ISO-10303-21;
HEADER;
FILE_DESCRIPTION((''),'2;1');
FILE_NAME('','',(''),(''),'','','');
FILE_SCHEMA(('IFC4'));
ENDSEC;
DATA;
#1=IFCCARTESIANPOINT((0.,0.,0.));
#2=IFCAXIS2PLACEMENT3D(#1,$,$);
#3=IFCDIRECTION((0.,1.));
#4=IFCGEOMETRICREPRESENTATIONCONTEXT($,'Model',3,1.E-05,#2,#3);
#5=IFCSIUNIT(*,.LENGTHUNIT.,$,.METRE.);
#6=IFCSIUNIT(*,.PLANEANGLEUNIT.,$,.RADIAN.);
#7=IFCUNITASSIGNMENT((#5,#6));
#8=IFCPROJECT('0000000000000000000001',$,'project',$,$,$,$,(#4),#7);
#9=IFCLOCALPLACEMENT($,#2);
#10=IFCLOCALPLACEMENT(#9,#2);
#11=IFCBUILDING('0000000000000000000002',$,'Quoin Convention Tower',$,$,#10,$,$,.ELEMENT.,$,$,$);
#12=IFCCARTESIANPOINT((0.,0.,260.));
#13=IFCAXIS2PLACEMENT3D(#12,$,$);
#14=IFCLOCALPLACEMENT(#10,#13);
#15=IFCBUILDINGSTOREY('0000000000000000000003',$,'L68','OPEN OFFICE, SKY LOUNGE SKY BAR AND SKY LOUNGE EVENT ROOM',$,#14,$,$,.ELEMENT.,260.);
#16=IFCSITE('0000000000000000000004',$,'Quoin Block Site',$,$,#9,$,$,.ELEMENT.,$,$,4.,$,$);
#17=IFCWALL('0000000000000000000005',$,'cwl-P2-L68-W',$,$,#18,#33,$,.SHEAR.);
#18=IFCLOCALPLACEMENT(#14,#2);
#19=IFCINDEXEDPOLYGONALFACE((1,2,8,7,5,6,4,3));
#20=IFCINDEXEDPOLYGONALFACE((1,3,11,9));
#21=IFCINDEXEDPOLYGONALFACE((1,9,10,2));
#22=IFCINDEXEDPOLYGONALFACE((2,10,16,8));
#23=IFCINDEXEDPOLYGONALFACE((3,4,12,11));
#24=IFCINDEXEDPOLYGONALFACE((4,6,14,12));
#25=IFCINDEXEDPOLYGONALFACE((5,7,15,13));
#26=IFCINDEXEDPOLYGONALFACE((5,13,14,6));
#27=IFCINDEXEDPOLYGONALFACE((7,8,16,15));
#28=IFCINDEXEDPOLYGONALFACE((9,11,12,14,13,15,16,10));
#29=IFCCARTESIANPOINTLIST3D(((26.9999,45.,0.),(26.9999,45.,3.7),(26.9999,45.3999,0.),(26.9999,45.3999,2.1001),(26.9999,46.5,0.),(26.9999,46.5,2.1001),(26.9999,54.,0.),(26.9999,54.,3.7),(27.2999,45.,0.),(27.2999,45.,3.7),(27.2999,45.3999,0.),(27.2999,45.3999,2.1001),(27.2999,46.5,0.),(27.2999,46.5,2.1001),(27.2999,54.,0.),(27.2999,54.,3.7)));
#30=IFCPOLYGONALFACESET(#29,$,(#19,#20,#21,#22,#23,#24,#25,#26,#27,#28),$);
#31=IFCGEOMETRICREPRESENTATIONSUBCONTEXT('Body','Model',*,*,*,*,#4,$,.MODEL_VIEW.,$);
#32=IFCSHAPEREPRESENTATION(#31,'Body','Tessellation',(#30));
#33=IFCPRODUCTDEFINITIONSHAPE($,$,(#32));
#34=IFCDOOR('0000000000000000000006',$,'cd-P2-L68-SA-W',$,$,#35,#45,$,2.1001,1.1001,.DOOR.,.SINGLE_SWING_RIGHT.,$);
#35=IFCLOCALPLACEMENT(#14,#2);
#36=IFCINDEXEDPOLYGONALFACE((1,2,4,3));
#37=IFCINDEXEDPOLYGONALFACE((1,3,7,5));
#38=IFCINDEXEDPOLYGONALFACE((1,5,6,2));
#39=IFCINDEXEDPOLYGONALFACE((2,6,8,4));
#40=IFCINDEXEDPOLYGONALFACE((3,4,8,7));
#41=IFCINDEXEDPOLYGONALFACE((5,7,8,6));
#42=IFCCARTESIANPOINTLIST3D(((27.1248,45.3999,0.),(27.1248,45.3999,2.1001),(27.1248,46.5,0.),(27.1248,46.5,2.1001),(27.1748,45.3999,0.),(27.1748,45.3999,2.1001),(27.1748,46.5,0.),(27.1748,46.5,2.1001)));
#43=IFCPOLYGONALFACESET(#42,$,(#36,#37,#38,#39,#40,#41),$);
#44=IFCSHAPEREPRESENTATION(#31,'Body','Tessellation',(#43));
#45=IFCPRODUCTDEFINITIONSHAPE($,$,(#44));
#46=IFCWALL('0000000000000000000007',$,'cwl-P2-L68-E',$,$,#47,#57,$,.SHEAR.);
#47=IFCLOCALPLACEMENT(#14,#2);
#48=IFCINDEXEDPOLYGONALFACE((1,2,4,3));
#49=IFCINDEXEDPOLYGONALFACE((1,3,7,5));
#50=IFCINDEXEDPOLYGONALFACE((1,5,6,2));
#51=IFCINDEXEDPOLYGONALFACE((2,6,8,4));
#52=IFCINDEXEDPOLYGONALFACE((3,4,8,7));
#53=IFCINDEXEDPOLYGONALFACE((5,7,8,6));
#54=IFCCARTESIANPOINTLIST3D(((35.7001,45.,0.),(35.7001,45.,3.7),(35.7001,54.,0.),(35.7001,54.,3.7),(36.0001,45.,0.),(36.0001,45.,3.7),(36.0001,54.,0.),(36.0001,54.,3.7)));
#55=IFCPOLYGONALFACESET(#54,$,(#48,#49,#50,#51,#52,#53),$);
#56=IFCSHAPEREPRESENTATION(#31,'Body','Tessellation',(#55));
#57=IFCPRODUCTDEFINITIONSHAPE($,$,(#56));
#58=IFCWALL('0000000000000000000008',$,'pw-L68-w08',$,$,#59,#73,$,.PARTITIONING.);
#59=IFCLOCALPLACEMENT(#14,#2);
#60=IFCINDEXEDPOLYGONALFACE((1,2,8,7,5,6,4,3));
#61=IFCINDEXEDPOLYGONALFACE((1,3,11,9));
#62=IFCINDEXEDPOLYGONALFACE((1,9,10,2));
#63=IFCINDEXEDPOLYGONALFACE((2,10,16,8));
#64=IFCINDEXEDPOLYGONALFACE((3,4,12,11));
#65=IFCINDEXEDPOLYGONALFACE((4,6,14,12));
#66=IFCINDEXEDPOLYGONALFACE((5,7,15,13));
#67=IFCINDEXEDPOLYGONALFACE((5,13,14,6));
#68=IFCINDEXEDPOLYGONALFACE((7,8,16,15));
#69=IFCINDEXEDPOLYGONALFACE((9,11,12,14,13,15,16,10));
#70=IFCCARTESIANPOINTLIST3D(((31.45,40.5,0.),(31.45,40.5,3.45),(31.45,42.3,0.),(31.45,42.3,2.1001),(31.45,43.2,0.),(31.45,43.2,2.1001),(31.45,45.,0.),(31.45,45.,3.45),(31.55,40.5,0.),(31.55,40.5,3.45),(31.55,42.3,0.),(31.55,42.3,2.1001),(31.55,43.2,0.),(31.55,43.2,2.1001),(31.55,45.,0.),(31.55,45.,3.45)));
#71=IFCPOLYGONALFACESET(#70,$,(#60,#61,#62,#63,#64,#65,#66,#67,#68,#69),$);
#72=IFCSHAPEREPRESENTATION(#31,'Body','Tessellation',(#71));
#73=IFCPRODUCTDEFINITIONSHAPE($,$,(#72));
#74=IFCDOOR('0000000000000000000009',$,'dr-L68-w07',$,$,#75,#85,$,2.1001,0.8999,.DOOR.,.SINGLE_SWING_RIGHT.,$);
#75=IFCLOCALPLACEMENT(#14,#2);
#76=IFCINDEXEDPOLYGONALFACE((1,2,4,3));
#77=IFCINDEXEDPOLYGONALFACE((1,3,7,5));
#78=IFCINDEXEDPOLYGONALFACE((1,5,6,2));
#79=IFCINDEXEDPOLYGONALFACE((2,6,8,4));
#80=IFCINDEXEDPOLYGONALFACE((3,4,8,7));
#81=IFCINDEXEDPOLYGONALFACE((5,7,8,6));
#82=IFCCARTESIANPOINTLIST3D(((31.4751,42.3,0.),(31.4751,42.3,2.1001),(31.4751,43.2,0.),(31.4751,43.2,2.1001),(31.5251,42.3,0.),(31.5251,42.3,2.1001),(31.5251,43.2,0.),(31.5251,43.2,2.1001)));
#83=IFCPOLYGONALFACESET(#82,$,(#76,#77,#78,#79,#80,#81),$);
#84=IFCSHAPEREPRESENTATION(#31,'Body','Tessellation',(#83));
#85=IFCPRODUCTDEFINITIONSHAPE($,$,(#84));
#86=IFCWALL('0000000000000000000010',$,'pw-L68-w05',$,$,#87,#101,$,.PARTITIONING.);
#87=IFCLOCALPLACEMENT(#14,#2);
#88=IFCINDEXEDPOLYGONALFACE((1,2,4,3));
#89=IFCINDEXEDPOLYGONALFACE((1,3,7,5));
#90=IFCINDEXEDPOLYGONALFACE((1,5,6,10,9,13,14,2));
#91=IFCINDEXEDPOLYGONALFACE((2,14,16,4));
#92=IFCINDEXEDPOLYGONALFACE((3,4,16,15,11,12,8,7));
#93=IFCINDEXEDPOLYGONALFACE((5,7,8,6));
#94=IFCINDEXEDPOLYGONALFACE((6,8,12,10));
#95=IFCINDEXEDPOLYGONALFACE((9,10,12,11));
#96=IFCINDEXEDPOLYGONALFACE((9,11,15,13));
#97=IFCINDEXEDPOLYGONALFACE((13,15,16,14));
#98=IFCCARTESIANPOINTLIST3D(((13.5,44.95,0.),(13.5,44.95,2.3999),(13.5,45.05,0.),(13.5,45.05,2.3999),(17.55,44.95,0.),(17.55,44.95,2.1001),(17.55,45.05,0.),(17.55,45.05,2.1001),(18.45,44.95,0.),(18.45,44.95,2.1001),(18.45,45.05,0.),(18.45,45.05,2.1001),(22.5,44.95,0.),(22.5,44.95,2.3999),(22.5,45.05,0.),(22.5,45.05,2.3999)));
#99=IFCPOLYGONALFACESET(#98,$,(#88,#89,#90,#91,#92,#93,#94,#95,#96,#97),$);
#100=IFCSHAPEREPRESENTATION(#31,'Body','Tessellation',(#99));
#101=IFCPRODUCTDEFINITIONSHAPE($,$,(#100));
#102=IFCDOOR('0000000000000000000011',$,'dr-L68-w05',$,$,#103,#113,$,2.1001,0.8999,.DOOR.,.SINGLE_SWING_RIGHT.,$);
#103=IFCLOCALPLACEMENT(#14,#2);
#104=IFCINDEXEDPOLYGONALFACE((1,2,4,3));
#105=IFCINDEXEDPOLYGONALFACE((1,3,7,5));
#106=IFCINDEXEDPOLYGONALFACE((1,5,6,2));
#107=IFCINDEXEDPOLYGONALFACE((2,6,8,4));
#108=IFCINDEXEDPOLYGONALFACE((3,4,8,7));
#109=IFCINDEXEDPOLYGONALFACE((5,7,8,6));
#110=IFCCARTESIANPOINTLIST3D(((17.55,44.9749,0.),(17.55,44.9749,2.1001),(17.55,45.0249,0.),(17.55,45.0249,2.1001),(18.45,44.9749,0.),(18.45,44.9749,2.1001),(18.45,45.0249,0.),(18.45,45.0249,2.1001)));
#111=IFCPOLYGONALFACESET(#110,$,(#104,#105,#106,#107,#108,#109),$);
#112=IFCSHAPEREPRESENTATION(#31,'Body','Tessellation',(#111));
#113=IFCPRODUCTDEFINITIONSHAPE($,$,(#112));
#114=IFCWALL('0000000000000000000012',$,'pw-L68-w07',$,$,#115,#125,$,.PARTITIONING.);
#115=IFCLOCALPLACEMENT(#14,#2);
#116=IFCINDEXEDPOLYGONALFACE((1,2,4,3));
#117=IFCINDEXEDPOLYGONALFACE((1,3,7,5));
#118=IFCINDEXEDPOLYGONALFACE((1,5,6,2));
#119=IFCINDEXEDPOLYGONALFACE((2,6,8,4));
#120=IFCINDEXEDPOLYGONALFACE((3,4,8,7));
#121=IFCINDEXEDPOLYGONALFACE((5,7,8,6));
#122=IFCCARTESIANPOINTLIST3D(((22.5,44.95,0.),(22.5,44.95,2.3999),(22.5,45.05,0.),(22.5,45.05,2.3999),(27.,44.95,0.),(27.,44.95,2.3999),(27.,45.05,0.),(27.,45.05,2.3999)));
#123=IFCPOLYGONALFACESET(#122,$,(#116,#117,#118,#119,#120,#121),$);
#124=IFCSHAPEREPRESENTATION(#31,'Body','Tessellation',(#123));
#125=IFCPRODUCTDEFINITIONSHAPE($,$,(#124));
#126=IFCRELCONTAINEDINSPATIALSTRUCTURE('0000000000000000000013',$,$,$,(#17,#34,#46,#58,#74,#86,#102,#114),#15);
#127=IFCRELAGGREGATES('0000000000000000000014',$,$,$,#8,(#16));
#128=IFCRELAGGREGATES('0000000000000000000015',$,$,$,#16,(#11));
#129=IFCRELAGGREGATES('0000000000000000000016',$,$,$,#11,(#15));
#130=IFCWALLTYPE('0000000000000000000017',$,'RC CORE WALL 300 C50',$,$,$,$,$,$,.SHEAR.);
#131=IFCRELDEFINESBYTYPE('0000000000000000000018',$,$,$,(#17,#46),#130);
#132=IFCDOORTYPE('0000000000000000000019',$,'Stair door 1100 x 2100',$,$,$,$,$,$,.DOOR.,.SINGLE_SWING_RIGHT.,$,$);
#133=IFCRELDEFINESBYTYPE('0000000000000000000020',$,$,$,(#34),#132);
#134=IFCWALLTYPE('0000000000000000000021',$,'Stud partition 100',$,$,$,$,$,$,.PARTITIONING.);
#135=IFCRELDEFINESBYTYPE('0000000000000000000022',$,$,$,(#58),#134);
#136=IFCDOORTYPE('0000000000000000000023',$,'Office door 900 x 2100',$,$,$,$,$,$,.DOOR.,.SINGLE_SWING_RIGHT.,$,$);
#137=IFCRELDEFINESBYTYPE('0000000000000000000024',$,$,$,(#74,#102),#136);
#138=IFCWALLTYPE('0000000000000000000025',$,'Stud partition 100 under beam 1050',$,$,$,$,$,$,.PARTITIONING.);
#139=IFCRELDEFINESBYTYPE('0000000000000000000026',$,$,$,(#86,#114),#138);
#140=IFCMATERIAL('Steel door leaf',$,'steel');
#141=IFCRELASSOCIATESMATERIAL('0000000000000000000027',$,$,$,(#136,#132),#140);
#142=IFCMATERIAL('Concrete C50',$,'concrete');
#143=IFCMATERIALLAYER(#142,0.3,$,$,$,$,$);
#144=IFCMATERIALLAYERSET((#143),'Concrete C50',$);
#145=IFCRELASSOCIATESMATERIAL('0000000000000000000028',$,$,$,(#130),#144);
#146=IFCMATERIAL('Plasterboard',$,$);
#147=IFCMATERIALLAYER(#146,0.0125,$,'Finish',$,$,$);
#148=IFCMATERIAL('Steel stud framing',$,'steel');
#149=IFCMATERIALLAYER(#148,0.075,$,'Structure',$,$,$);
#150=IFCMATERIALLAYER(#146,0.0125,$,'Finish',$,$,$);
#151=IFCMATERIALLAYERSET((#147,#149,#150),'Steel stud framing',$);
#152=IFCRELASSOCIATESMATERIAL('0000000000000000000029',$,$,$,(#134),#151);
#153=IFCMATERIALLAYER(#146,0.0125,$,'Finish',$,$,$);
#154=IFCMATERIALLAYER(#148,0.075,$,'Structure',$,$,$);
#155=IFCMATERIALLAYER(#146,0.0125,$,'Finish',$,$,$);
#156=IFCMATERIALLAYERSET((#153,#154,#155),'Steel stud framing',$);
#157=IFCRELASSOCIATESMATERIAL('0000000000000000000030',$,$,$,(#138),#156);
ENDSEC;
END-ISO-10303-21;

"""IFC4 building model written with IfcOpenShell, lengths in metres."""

from ifc_helpers import new_model, si_unit, direction, frame, frame_2d, origin, place, context, subcontext, project, spatial, rectangle, extrude, material, layer, layer_set, type_object, element, fill, save


model = new_model("IFC4")

# Units and contexts
model_context = context("Model", 3, precision=1e-05, world=origin(), true_north=direction((0.0, 1.0)))
body_context = subcontext(model_context, "Body", "Model", "MODEL_VIEW")
ifc_project = project(units=[si_unit("LENGTHUNIT", "METRE"), si_unit("PLANEANGLEUNIT", "RADIAN")], contexts=[model_context])

# Site, building, storey
site_placement = place(None, origin())
site = spatial("IfcSite", under=ifc_project, at=site_placement, Name="Quoin Block Site", CompositionType="ELEMENT", RefElevation=4.0)
building_placement = place(site_placement, origin())
building = spatial("IfcBuilding", under=site, at=building_placement, Name="Quoin Convention Tower", CompositionType="ELEMENT")
storey_placement = place(building_placement, frame((0.0, 0.0, 260.0)))
storey = spatial("IfcBuildingStorey", under=building, at=storey_placement, Name="L68", Description="OPEN OFFICE, SKY LOUNGE SKY BAR AND SKY LOUNGE EVENT ROOM", CompositionType="ELEMENT", Elevation=260.0)

# Shared definitions
ifc_material_1 = material(Name="Concrete C50", Category="concrete")

# Wall, opening, door
ifc_material_2 = material(Name="Plasterboard")
ifc_material_3 = material(Name="Steel stud framing", Category="steel")
ifc_material_4 = material(Name="Steel door leaf", Category="steel")
door_type_1 = type_object("IfcDoorType", Name="Office door 900 x 2100", OperationType="SINGLE_SWING_RIGHT", PredefinedType="DOOR", material=ifc_material_4)
ifc_layer_1 = layer(ifc_material_1, 0.3)
ifc_layer_set_1 = layer_set([ifc_layer_1], Name="Concrete C50")
wall_type_1 = type_object("IfcWallType", Name="RC CORE WALL 300 C50", PredefinedType="SHEAR", material=ifc_layer_set_1)
wall_1_placement = place(storey_placement, frame((27.1499, 45.0, 0.0), z_axis=(0.0, 0.0, 1.0), x_axis=(0.0, 1.0, 0.0)))
wall_1 = element("IfcWall", 1, at=wall_1_placement, inside=storey, type_object=wall_type_1, Name="cwl-P2-L68-W", PredefinedType="SHEAR", context=body_context, shape_type="SweptSolid", body=[
    extrude(rectangle(XDim=9.0, YDim=0.3, at=frame_2d((4.5, 0.0))), origin(), (0.0, 0.0, 1.0), 3.7),
])
opening_1_placement = place(wall_1_placement, frame((0.3999, 0.0, 0.0)))
opening_1 = element("IfcOpeningElement", 2, at=opening_1_placement, cuts=wall_1, PredefinedType="OPENING", context=body_context, shape_type="SweptSolid", body=[
    extrude(rectangle(XDim=1.1001, YDim=2.1001, at=frame_2d((0.55, 1.05))), frame((0.0, 0.1599, 0.0), z_axis=(0.0, -1.0, 0.0), x_axis=(1.0, 0.0, 0.0)), (0.0, 0.0, 1.0), 0.3201),
])
door_type_2 = type_object("IfcDoorType", Name="Stair door 1100 x 2100", OperationType="SINGLE_SWING_RIGHT", PredefinedType="DOOR", material=ifc_material_4)
door_1_placement = place(opening_1_placement, frame((1.1001, 0.0, 0.0), z_axis=(0.0, 0.0, 1.0), x_axis=(-1.0, 0.0, 0.0)))
door_1 = element("IfcDoor", 3, at=door_1_placement, inside=storey, type_object=door_type_2, Name="cd-P2-L68-SA-W", OperationType="SINGLE_SWING_RIGHT", OverallHeight=2.1001, OverallWidth=1.1001, PredefinedType="DOOR", context=body_context, shape_type="SweptSolid", body=[
    extrude(rectangle(XDim=1.1001, YDim=2.1001, at=frame_2d((0.55, 1.05))), frame((0.0, 0.0249, 0.0), z_axis=(0.0, -1.0, 0.0), x_axis=(1.0, 0.0, 0.0)), (0.0, 0.0, 1.0), 0.05),
])
fill(opening_1, door_1)

# Wall
wall_2_placement = place(storey_placement, frame((35.8501, 45.0, 0.0), z_axis=(0.0, 0.0, 1.0), x_axis=(0.0, 1.0, 0.0)))
element("IfcWall", 4, at=wall_2_placement, inside=storey, type_object=wall_type_1, Name="cwl-P2-L68-E", PredefinedType="SHEAR", context=body_context, shape_type="SweptSolid", body=[
    extrude(rectangle(XDim=9.0, YDim=0.3, at=frame_2d((4.5, 0.0))), origin(), (0.0, 0.0, 1.0), 3.7),
])

# Walls, openings, doors
ifc_layer_2 = layer(ifc_material_2, 0.0125, Name="Finish")
ifc_layer_3 = layer(ifc_material_3, 0.075, Name="Structure")
ifc_layer_4 = layer(ifc_material_2, 0.0125, Name="Finish")
ifc_layer_set_2 = layer_set([ifc_layer_2, ifc_layer_3, ifc_layer_4], Name="Steel stud framing")
wall_type_2 = type_object("IfcWallType", Name="Stud partition 100", PredefinedType="PARTITIONING", material=ifc_layer_set_2)
wall_3_placement = place(storey_placement, frame((31.5, 45.0, 0.0), z_axis=(0.0, 0.0, 1.0), x_axis=(0.0, -1.0, 0.0)))
wall_3 = element("IfcWall", 5, at=wall_3_placement, inside=storey, type_object=wall_type_2, Name="pw-L68-w08", PredefinedType="PARTITIONING", context=body_context, shape_type="SweptSolid", body=[
    extrude(rectangle(XDim=4.5, YDim=0.1001, at=frame_2d((2.25, 0.0))), origin(), (0.0, 0.0, 1.0), 3.45),
])
opening_2_placement = place(wall_3_placement, frame((1.8, 0.0, 0.0)))
opening_2 = element("IfcOpeningElement", 6, at=opening_2_placement, cuts=wall_3, PredefinedType="OPENING", context=body_context, shape_type="SweptSolid", body=[
    extrude(rectangle(XDim=0.8999, YDim=2.1001, at=frame_2d((0.45, 1.05))), frame((0.0, 0.0601, 0.0), z_axis=(0.0, -1.0, 0.0), x_axis=(1.0, 0.0, 0.0)), (0.0, 0.0, 1.0), 0.1201),
])
door_2_placement = place(opening_2_placement, frame((0.8999, 0.0, 0.0), z_axis=(0.0, 0.0, 1.0), x_axis=(-1.0, 0.0, 0.0)))
door_2 = element("IfcDoor", 7, at=door_2_placement, inside=storey, type_object=door_type_1, Name="dr-L68-w07", OperationType="SINGLE_SWING_RIGHT", OverallHeight=2.1001, OverallWidth=0.8999, PredefinedType="DOOR", context=body_context, shape_type="SweptSolid", body=[
    extrude(rectangle(XDim=0.8999, YDim=2.1001, at=frame_2d((0.45, 1.05))), frame((0.0, 0.0249, 0.0), z_axis=(0.0, -1.0, 0.0), x_axis=(1.0, 0.0, 0.0)), (0.0, 0.0, 1.0), 0.05),
])
fill(opening_2, door_2)
ifc_layer_5 = layer(ifc_material_2, 0.0125, Name="Finish")
ifc_layer_6 = layer(ifc_material_3, 0.075, Name="Structure")
ifc_layer_7 = layer(ifc_material_2, 0.0125, Name="Finish")
ifc_layer_set_3 = layer_set([ifc_layer_5, ifc_layer_6, ifc_layer_7], Name="Steel stud framing")
wall_type_3 = type_object("IfcWallType", Name="Stud partition 100 under beam 1050", PredefinedType="PARTITIONING", material=ifc_layer_set_3)
wall_4_placement = place(storey_placement, frame((22.5, 45.0, 0.0), z_axis=(0.0, 0.0, 1.0), x_axis=(-1.0, 0.0, 0.0)))
wall_4 = element("IfcWall", 8, at=wall_4_placement, inside=storey, type_object=wall_type_3, Name="pw-L68-w05", PredefinedType="PARTITIONING", context=body_context, shape_type="SweptSolid", body=[
    extrude(rectangle(XDim=9.0, YDim=0.1001, at=frame_2d((4.5, 0.0))), origin(), (0.0, 0.0, 1.0), 2.3999),
])
opening_3_placement = place(wall_4_placement, frame((4.05, 0.0, 0.0)))
opening_3 = element("IfcOpeningElement", 9, at=opening_3_placement, cuts=wall_4, PredefinedType="OPENING", context=body_context, shape_type="SweptSolid", body=[
    extrude(rectangle(XDim=0.8999, YDim=2.1001, at=frame_2d((0.45, 1.05))), frame((0.0, 0.0601, 0.0), z_axis=(0.0, -1.0, 0.0), x_axis=(1.0, 0.0, 0.0)), (0.0, 0.0, 1.0), 0.1201),
])
door_3_placement = place(opening_3_placement, frame((0.8999, 0.0, 0.0), z_axis=(0.0, 0.0, 1.0), x_axis=(-1.0, 0.0, 0.0)))
door_3 = element("IfcDoor", 10, at=door_3_placement, inside=storey, type_object=door_type_1, Name="dr-L68-w05", OperationType="SINGLE_SWING_RIGHT", OverallHeight=2.1001, OverallWidth=0.8999, PredefinedType="DOOR", context=body_context, shape_type="SweptSolid", body=[
    extrude(rectangle(XDim=0.8999, YDim=2.1001, at=frame_2d((0.45, 1.05))), frame((0.0, 0.0249, 0.0), z_axis=(0.0, -1.0, 0.0), x_axis=(1.0, 0.0, 0.0)), (0.0, 0.0, 1.0), 0.05),
])
fill(opening_3, door_3)

# Wall
wall_5_placement = place(storey_placement, frame((22.5, 45.0, 0.0), z_axis=(0.0, 0.0, 1.0), x_axis=(1.0, 0.0, 0.0)))
element("IfcWall", 11, at=wall_5_placement, inside=storey, type_object=wall_type_3, Name="pw-L68-w07", PredefinedType="PARTITIONING", context=body_context, shape_type="SweptSolid", body=[
    extrude(rectangle(XDim=4.5, YDim=0.1001, at=frame_2d((2.25, 0.0))), origin(), (0.0, 0.0, 1.0), 2.3999),
])

save(model, "model.ifc")
